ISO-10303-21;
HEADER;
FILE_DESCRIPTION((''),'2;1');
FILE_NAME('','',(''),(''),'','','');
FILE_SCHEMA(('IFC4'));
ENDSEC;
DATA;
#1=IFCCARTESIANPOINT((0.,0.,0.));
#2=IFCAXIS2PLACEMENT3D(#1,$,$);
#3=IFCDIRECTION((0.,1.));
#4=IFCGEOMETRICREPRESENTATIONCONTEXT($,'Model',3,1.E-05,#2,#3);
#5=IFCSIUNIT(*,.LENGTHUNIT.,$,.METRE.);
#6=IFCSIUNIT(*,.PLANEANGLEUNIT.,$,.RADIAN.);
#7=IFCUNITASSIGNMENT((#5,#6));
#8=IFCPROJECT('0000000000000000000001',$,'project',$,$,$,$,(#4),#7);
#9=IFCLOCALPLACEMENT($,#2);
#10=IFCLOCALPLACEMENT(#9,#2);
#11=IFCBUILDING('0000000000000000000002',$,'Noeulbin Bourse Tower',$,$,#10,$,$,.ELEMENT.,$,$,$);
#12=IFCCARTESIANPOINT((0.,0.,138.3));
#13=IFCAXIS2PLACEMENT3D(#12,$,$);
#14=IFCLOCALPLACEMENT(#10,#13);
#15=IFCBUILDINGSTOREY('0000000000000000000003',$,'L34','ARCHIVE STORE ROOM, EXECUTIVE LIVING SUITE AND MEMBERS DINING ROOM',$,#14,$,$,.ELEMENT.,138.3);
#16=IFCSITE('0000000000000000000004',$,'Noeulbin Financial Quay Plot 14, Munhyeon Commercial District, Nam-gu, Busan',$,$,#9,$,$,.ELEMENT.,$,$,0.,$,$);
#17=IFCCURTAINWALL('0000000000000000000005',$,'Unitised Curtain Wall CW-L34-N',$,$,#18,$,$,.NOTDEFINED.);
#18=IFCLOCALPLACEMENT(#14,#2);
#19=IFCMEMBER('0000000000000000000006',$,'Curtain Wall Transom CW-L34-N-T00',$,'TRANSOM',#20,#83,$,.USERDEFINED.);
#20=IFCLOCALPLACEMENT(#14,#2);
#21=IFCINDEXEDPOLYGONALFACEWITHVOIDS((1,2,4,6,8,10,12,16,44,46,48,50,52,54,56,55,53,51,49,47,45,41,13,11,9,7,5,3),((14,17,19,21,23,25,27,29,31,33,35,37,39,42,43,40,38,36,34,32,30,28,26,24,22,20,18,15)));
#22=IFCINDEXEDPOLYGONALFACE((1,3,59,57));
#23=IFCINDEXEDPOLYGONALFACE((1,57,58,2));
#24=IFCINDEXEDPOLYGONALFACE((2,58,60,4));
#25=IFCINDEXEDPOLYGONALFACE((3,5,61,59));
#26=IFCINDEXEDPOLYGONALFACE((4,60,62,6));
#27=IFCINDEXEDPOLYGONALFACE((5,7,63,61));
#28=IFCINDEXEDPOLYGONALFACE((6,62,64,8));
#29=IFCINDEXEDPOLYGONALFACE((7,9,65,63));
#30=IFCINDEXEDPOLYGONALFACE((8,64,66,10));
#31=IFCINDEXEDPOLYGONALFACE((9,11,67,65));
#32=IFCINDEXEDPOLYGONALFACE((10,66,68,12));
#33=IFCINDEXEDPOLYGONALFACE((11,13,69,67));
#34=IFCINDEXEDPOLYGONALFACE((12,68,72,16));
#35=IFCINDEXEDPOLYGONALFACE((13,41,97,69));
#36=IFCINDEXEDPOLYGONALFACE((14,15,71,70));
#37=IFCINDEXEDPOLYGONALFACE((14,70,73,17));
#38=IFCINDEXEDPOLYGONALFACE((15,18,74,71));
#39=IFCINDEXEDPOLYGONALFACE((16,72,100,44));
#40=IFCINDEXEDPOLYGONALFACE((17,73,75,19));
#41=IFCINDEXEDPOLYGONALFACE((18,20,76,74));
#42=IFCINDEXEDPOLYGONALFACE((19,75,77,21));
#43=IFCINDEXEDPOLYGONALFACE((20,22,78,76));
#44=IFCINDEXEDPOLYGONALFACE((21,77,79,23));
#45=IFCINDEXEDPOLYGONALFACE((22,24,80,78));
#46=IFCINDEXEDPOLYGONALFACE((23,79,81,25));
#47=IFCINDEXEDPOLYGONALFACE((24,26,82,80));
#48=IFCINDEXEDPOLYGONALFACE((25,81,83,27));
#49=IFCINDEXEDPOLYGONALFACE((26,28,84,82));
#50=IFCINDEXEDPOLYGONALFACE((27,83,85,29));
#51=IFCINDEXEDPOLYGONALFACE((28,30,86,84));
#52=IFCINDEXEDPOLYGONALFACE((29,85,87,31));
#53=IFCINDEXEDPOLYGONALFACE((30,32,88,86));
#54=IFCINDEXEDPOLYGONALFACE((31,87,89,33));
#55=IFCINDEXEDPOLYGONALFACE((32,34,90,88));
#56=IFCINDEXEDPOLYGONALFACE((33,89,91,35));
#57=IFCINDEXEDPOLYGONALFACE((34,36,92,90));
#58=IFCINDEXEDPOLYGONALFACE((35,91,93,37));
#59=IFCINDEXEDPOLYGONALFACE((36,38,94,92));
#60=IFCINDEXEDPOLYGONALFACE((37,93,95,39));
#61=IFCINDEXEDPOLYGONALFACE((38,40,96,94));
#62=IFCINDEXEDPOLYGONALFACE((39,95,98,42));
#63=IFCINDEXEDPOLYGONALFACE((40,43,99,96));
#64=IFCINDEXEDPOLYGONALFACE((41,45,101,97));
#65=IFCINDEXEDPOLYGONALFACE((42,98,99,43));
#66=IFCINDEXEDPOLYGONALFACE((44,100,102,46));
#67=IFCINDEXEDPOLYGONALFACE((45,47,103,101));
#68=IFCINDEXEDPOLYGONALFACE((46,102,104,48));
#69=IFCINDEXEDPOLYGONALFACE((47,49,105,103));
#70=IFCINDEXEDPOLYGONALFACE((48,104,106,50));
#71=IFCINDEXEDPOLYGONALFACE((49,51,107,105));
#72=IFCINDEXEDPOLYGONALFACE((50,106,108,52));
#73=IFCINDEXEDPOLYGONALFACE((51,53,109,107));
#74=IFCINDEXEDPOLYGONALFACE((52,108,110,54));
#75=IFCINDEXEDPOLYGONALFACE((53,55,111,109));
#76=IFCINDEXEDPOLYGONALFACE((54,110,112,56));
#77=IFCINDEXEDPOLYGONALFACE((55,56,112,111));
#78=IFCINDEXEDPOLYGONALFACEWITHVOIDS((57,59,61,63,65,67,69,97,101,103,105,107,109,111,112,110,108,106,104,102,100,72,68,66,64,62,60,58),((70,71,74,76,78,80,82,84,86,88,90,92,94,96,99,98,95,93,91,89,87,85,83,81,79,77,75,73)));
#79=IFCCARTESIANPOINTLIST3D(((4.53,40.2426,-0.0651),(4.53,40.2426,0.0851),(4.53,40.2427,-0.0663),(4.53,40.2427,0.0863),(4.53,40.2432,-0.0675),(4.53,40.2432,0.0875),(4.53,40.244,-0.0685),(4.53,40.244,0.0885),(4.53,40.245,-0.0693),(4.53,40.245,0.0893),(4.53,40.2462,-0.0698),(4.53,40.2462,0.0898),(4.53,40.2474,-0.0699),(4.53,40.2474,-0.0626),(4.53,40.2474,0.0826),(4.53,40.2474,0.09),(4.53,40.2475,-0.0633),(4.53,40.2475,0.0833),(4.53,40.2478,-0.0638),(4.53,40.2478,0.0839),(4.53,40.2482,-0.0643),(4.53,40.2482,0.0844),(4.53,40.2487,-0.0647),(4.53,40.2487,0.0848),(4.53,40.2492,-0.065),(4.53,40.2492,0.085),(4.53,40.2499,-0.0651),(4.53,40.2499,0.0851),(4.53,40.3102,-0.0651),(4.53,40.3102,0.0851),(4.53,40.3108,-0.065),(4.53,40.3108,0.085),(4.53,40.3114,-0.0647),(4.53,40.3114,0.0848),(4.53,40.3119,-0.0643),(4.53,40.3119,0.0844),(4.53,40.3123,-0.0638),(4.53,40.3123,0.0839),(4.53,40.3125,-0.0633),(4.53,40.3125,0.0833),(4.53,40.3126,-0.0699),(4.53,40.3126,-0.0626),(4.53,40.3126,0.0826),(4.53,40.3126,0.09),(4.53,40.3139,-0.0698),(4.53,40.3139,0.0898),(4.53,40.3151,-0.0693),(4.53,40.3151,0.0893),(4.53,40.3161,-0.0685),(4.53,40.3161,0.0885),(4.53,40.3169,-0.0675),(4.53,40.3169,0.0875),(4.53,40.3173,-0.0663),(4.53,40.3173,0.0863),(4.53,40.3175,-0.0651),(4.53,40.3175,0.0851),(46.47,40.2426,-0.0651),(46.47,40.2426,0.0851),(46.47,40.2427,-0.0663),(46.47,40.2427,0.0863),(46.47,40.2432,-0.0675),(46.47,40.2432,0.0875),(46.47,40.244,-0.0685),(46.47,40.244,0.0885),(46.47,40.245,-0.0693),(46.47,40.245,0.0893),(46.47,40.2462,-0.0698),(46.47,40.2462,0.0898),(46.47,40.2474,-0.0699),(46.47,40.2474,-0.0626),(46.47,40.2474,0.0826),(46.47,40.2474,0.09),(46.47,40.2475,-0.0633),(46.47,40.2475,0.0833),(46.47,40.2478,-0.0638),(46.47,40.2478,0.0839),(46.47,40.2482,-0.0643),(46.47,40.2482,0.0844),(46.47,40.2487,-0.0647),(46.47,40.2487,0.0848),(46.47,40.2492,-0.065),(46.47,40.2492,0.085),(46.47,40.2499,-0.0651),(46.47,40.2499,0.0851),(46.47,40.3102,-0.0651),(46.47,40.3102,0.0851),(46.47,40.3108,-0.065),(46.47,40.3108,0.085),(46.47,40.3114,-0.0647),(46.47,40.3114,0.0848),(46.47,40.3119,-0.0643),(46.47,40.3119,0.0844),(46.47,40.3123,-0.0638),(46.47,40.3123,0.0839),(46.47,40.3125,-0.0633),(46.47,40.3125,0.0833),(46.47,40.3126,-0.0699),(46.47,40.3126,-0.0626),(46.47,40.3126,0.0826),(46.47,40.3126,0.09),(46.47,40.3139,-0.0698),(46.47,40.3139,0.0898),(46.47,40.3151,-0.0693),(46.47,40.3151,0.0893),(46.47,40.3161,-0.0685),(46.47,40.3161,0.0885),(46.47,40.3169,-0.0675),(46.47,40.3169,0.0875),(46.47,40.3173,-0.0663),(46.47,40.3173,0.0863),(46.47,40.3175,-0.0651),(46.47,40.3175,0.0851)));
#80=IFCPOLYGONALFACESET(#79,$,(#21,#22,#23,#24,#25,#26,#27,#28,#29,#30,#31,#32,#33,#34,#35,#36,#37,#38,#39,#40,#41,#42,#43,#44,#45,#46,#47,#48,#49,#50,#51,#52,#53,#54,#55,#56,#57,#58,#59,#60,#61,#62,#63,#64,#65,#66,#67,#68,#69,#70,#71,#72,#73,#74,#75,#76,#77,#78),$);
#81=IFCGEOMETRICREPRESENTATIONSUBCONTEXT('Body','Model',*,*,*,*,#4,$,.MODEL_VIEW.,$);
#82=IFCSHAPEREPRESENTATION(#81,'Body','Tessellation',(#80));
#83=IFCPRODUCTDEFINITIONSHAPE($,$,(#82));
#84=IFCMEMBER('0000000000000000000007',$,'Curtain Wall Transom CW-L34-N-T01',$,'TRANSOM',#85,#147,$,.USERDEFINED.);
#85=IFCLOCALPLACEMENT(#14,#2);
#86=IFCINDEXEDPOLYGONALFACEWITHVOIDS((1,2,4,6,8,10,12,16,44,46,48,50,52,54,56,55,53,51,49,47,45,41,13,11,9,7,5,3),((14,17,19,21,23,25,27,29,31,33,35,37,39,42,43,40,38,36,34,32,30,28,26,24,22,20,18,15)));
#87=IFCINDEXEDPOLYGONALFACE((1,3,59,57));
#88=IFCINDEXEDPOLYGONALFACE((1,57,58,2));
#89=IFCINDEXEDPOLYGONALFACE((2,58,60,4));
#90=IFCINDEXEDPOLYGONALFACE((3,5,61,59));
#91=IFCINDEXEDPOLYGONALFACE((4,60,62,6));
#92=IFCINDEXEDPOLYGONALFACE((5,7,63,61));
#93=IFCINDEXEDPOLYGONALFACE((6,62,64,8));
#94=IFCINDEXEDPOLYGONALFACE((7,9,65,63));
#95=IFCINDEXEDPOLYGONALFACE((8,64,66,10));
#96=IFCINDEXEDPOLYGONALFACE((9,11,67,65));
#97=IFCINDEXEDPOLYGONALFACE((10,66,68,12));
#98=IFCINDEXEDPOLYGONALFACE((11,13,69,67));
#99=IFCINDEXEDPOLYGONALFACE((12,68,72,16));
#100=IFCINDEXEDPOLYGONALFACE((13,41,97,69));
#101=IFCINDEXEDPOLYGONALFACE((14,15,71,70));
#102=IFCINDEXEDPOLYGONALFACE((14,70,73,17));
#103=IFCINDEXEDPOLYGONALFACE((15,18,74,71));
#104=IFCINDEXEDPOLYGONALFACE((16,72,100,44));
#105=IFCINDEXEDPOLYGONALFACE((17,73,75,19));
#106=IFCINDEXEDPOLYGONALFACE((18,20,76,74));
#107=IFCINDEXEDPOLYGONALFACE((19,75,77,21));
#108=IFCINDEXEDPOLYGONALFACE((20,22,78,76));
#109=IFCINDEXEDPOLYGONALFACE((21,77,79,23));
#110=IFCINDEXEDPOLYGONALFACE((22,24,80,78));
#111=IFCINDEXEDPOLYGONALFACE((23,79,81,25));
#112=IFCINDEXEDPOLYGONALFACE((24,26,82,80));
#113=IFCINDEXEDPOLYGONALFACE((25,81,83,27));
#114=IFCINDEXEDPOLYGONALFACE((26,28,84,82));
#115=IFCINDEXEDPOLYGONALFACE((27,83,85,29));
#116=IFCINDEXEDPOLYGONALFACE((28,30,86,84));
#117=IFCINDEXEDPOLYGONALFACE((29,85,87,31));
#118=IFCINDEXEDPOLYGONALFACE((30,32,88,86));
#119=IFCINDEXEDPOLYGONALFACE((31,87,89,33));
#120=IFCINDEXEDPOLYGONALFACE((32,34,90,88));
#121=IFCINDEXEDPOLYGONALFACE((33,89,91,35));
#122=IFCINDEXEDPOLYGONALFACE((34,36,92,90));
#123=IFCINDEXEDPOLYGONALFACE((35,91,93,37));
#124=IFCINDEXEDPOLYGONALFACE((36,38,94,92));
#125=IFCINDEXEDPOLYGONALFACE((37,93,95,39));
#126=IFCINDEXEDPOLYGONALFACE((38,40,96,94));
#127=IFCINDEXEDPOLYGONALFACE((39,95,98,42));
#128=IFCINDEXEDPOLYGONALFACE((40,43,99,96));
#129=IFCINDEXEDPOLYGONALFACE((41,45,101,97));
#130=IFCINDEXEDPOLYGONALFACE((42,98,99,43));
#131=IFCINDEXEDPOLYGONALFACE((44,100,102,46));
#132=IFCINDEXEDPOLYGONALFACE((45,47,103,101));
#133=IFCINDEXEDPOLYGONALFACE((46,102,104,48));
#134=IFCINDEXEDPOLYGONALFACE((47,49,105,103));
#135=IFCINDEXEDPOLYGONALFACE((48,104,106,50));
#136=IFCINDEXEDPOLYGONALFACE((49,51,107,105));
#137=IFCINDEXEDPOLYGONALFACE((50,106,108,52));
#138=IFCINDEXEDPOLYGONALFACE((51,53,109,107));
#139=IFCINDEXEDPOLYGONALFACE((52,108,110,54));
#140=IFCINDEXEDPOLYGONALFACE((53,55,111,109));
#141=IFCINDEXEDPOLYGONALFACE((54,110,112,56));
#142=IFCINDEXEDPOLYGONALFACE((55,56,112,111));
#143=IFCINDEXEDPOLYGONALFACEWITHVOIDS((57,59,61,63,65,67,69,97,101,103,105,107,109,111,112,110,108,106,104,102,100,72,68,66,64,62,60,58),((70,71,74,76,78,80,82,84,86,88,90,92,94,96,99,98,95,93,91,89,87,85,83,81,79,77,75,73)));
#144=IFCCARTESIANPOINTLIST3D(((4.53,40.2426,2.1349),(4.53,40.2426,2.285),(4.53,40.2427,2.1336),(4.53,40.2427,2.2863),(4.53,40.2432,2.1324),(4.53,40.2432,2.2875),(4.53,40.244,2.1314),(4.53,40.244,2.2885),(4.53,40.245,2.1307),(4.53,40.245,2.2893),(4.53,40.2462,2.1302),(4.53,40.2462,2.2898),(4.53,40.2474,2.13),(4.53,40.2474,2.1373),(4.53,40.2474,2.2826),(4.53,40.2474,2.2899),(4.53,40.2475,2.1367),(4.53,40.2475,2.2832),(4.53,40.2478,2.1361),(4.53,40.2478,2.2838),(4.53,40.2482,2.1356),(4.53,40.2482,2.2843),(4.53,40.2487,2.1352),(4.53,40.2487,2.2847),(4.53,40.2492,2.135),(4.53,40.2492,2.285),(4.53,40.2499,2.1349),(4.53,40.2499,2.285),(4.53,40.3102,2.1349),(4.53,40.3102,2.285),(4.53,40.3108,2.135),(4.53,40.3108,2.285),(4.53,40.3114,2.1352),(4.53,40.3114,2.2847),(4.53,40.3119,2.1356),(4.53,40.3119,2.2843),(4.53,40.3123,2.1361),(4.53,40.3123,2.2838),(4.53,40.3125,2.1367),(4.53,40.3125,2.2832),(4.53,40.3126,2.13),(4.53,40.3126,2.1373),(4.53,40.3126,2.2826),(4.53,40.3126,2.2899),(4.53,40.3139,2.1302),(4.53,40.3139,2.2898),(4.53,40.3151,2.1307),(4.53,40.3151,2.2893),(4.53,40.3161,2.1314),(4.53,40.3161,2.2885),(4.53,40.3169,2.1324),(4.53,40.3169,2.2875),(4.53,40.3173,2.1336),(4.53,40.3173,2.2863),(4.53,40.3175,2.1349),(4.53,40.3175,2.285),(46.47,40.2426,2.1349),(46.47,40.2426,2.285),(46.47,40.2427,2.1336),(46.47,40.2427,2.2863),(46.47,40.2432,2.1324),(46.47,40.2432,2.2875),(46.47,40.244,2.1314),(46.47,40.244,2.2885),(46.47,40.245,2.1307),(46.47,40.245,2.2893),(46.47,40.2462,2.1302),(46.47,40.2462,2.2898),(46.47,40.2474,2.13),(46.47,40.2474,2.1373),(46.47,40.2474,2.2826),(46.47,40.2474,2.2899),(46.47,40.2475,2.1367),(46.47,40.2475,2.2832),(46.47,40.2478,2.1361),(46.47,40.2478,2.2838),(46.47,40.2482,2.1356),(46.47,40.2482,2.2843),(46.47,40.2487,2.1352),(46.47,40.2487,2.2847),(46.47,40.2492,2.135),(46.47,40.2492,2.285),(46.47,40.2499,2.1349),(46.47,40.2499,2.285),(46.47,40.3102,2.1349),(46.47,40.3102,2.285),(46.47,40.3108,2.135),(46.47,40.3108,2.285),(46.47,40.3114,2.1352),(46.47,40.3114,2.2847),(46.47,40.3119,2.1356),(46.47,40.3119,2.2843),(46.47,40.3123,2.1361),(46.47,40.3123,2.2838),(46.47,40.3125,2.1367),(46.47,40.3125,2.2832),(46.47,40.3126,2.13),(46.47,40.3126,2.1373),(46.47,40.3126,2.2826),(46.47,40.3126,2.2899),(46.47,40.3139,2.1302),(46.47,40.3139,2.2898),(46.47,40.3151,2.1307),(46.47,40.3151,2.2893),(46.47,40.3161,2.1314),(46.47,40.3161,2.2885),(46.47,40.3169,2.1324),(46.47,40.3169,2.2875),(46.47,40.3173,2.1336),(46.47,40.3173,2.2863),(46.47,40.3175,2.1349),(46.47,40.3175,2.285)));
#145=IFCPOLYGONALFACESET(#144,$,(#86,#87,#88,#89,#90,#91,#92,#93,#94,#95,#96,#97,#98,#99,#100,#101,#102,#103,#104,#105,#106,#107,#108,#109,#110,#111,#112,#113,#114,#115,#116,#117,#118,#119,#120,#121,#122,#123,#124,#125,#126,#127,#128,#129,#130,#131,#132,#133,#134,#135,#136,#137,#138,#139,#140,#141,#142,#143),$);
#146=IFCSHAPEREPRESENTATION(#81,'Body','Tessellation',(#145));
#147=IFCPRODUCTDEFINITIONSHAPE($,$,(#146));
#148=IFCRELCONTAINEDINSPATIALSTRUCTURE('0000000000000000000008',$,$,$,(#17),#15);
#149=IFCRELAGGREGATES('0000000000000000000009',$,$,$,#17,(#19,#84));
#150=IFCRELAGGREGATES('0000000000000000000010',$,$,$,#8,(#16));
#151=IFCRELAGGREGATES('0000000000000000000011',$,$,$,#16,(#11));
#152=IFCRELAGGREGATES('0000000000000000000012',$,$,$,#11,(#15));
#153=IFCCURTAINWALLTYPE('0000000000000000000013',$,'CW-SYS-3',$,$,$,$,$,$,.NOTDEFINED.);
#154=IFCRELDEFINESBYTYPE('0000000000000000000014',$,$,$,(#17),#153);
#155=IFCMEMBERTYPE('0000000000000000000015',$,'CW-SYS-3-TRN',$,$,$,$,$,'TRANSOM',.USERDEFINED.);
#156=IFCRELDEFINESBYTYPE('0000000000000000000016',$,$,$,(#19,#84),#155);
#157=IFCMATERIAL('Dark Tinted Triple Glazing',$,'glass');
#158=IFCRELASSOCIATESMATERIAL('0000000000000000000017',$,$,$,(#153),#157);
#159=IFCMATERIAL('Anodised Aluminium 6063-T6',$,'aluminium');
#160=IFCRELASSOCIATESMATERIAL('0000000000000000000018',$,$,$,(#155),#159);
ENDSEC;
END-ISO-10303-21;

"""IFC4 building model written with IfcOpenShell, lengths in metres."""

from ifc_helpers import new_model, si_unit, direction, frame, origin, origin_2d, place, context, subcontext, project, spatial, hollow_rectangle, extrude, material, material_profile, profile_set, type_object, element, aggregate, save


model = new_model("IFC4")

# Units and contexts
model_context = context("Model", 3, precision=1e-05, world=origin(), true_north=direction((0.0, 1.0)))
body_context = subcontext(model_context, "Body", "Model", "MODEL_VIEW")
ifc_project = project(units=[si_unit("LENGTHUNIT", "METRE"), si_unit("PLANEANGLEUNIT", "RADIAN")], contexts=[model_context])

# Site, building, storey
site_placement = place(None, origin())
site = spatial("IfcSite", under=ifc_project, at=site_placement, Name="Noeulbin Financial Quay Plot 14, Munhyeon Commercial District, Nam-gu, Busan", CompositionType="ELEMENT", RefElevation=0.0)
building_placement = place(site_placement, origin())
building = spatial("IfcBuilding", under=site, at=building_placement, Name="Noeulbin Bourse Tower", CompositionType="ELEMENT")
storey_placement = place(building_placement, frame((0.0, 0.0, 138.3)))
storey = spatial("IfcBuildingStorey", under=building, at=storey_placement, Name="L34", Description="ARCHIVE STORE ROOM, EXECUTIVE LIVING SUITE AND MEMBERS DINING ROOM", CompositionType="ELEMENT", Elevation=138.3)

# Curtain wall
ifc_material_1 = material(Name="Dark Tinted Triple Glazing", Category="glass")
curtain_wall_type = type_object("IfcCurtainWallType", Name="CW-SYS-3", PredefinedType="NOTDEFINED", material=ifc_material_1)
curtain_wall_1_placement = place(storey_placement, origin())
curtain_wall_1 = element("IfcCurtainWall", 1, at=curtain_wall_1_placement, inside=storey, type_object=curtain_wall_type, Name="Unitised Curtain Wall CW-L34-N", PredefinedType="NOTDEFINED")
ifc_material_2 = material(Name="Anodised Aluminium 6063-T6", Category="aluminium")

# Members
ifc_material_profile_1 = material_profile(ifc_material_2, hollow_rectangle(XDim=0.075, YDim=0.1599, WallThickness=0.0049, InnerFilletRadius=0.0024, OuterFilletRadius=0.0049, at=origin_2d()), Name="ALU-TRAN-75x160x5", Category="LoadBearing")
ifc_profile_set_1 = profile_set([ifc_material_profile_1], Name="Anodised Aluminium 6063-T6")
member_type_1 = type_object("IfcMemberType", Name="CW-SYS-3-TRN", ElementType="TRANSOM", PredefinedType="USERDEFINED", material=ifc_profile_set_1)
member_1_placement = place(storey_placement, frame((4.53, 40.28, 0.01), z_axis=(1.0, 0.0, 0.0), x_axis=(0.0, 1.0, 0.0)))
member_1 = element("IfcMember", 2, at=member_1_placement, type_object=member_type_1, Name="Curtain Wall Transom CW-L34-N-T00", ObjectType="TRANSOM", PredefinedType="USERDEFINED", context=body_context, shape_type="SweptSolid", body=[
    extrude(hollow_rectangle(XDim=0.075, YDim=0.1599, WallThickness=0.0049, InnerFilletRadius=0.0024, OuterFilletRadius=0.0049, at=origin_2d()), origin(), (0.0, 0.0, 1.0), 41.9399),
])
member_2_placement = place(storey_placement, frame((4.53, 40.28, 2.21), z_axis=(1.0, 0.0, 0.0), x_axis=(0.0, 1.0, 0.0)))
member_2 = element("IfcMember", 3, at=member_2_placement, type_object=member_type_1, Name="Curtain Wall Transom CW-L34-N-T01", ObjectType="TRANSOM", PredefinedType="USERDEFINED", context=body_context, shape_type="SweptSolid", body=[
    extrude(hollow_rectangle(XDim=0.075, YDim=0.1599, WallThickness=0.0049, InnerFilletRadius=0.0024, OuterFilletRadius=0.0049, at=origin_2d()), origin(), (0.0, 0.0, 1.0), 41.9399),
])

aggregate(curtain_wall_1, [member_1, member_2])

save(model, "model.ifc")
